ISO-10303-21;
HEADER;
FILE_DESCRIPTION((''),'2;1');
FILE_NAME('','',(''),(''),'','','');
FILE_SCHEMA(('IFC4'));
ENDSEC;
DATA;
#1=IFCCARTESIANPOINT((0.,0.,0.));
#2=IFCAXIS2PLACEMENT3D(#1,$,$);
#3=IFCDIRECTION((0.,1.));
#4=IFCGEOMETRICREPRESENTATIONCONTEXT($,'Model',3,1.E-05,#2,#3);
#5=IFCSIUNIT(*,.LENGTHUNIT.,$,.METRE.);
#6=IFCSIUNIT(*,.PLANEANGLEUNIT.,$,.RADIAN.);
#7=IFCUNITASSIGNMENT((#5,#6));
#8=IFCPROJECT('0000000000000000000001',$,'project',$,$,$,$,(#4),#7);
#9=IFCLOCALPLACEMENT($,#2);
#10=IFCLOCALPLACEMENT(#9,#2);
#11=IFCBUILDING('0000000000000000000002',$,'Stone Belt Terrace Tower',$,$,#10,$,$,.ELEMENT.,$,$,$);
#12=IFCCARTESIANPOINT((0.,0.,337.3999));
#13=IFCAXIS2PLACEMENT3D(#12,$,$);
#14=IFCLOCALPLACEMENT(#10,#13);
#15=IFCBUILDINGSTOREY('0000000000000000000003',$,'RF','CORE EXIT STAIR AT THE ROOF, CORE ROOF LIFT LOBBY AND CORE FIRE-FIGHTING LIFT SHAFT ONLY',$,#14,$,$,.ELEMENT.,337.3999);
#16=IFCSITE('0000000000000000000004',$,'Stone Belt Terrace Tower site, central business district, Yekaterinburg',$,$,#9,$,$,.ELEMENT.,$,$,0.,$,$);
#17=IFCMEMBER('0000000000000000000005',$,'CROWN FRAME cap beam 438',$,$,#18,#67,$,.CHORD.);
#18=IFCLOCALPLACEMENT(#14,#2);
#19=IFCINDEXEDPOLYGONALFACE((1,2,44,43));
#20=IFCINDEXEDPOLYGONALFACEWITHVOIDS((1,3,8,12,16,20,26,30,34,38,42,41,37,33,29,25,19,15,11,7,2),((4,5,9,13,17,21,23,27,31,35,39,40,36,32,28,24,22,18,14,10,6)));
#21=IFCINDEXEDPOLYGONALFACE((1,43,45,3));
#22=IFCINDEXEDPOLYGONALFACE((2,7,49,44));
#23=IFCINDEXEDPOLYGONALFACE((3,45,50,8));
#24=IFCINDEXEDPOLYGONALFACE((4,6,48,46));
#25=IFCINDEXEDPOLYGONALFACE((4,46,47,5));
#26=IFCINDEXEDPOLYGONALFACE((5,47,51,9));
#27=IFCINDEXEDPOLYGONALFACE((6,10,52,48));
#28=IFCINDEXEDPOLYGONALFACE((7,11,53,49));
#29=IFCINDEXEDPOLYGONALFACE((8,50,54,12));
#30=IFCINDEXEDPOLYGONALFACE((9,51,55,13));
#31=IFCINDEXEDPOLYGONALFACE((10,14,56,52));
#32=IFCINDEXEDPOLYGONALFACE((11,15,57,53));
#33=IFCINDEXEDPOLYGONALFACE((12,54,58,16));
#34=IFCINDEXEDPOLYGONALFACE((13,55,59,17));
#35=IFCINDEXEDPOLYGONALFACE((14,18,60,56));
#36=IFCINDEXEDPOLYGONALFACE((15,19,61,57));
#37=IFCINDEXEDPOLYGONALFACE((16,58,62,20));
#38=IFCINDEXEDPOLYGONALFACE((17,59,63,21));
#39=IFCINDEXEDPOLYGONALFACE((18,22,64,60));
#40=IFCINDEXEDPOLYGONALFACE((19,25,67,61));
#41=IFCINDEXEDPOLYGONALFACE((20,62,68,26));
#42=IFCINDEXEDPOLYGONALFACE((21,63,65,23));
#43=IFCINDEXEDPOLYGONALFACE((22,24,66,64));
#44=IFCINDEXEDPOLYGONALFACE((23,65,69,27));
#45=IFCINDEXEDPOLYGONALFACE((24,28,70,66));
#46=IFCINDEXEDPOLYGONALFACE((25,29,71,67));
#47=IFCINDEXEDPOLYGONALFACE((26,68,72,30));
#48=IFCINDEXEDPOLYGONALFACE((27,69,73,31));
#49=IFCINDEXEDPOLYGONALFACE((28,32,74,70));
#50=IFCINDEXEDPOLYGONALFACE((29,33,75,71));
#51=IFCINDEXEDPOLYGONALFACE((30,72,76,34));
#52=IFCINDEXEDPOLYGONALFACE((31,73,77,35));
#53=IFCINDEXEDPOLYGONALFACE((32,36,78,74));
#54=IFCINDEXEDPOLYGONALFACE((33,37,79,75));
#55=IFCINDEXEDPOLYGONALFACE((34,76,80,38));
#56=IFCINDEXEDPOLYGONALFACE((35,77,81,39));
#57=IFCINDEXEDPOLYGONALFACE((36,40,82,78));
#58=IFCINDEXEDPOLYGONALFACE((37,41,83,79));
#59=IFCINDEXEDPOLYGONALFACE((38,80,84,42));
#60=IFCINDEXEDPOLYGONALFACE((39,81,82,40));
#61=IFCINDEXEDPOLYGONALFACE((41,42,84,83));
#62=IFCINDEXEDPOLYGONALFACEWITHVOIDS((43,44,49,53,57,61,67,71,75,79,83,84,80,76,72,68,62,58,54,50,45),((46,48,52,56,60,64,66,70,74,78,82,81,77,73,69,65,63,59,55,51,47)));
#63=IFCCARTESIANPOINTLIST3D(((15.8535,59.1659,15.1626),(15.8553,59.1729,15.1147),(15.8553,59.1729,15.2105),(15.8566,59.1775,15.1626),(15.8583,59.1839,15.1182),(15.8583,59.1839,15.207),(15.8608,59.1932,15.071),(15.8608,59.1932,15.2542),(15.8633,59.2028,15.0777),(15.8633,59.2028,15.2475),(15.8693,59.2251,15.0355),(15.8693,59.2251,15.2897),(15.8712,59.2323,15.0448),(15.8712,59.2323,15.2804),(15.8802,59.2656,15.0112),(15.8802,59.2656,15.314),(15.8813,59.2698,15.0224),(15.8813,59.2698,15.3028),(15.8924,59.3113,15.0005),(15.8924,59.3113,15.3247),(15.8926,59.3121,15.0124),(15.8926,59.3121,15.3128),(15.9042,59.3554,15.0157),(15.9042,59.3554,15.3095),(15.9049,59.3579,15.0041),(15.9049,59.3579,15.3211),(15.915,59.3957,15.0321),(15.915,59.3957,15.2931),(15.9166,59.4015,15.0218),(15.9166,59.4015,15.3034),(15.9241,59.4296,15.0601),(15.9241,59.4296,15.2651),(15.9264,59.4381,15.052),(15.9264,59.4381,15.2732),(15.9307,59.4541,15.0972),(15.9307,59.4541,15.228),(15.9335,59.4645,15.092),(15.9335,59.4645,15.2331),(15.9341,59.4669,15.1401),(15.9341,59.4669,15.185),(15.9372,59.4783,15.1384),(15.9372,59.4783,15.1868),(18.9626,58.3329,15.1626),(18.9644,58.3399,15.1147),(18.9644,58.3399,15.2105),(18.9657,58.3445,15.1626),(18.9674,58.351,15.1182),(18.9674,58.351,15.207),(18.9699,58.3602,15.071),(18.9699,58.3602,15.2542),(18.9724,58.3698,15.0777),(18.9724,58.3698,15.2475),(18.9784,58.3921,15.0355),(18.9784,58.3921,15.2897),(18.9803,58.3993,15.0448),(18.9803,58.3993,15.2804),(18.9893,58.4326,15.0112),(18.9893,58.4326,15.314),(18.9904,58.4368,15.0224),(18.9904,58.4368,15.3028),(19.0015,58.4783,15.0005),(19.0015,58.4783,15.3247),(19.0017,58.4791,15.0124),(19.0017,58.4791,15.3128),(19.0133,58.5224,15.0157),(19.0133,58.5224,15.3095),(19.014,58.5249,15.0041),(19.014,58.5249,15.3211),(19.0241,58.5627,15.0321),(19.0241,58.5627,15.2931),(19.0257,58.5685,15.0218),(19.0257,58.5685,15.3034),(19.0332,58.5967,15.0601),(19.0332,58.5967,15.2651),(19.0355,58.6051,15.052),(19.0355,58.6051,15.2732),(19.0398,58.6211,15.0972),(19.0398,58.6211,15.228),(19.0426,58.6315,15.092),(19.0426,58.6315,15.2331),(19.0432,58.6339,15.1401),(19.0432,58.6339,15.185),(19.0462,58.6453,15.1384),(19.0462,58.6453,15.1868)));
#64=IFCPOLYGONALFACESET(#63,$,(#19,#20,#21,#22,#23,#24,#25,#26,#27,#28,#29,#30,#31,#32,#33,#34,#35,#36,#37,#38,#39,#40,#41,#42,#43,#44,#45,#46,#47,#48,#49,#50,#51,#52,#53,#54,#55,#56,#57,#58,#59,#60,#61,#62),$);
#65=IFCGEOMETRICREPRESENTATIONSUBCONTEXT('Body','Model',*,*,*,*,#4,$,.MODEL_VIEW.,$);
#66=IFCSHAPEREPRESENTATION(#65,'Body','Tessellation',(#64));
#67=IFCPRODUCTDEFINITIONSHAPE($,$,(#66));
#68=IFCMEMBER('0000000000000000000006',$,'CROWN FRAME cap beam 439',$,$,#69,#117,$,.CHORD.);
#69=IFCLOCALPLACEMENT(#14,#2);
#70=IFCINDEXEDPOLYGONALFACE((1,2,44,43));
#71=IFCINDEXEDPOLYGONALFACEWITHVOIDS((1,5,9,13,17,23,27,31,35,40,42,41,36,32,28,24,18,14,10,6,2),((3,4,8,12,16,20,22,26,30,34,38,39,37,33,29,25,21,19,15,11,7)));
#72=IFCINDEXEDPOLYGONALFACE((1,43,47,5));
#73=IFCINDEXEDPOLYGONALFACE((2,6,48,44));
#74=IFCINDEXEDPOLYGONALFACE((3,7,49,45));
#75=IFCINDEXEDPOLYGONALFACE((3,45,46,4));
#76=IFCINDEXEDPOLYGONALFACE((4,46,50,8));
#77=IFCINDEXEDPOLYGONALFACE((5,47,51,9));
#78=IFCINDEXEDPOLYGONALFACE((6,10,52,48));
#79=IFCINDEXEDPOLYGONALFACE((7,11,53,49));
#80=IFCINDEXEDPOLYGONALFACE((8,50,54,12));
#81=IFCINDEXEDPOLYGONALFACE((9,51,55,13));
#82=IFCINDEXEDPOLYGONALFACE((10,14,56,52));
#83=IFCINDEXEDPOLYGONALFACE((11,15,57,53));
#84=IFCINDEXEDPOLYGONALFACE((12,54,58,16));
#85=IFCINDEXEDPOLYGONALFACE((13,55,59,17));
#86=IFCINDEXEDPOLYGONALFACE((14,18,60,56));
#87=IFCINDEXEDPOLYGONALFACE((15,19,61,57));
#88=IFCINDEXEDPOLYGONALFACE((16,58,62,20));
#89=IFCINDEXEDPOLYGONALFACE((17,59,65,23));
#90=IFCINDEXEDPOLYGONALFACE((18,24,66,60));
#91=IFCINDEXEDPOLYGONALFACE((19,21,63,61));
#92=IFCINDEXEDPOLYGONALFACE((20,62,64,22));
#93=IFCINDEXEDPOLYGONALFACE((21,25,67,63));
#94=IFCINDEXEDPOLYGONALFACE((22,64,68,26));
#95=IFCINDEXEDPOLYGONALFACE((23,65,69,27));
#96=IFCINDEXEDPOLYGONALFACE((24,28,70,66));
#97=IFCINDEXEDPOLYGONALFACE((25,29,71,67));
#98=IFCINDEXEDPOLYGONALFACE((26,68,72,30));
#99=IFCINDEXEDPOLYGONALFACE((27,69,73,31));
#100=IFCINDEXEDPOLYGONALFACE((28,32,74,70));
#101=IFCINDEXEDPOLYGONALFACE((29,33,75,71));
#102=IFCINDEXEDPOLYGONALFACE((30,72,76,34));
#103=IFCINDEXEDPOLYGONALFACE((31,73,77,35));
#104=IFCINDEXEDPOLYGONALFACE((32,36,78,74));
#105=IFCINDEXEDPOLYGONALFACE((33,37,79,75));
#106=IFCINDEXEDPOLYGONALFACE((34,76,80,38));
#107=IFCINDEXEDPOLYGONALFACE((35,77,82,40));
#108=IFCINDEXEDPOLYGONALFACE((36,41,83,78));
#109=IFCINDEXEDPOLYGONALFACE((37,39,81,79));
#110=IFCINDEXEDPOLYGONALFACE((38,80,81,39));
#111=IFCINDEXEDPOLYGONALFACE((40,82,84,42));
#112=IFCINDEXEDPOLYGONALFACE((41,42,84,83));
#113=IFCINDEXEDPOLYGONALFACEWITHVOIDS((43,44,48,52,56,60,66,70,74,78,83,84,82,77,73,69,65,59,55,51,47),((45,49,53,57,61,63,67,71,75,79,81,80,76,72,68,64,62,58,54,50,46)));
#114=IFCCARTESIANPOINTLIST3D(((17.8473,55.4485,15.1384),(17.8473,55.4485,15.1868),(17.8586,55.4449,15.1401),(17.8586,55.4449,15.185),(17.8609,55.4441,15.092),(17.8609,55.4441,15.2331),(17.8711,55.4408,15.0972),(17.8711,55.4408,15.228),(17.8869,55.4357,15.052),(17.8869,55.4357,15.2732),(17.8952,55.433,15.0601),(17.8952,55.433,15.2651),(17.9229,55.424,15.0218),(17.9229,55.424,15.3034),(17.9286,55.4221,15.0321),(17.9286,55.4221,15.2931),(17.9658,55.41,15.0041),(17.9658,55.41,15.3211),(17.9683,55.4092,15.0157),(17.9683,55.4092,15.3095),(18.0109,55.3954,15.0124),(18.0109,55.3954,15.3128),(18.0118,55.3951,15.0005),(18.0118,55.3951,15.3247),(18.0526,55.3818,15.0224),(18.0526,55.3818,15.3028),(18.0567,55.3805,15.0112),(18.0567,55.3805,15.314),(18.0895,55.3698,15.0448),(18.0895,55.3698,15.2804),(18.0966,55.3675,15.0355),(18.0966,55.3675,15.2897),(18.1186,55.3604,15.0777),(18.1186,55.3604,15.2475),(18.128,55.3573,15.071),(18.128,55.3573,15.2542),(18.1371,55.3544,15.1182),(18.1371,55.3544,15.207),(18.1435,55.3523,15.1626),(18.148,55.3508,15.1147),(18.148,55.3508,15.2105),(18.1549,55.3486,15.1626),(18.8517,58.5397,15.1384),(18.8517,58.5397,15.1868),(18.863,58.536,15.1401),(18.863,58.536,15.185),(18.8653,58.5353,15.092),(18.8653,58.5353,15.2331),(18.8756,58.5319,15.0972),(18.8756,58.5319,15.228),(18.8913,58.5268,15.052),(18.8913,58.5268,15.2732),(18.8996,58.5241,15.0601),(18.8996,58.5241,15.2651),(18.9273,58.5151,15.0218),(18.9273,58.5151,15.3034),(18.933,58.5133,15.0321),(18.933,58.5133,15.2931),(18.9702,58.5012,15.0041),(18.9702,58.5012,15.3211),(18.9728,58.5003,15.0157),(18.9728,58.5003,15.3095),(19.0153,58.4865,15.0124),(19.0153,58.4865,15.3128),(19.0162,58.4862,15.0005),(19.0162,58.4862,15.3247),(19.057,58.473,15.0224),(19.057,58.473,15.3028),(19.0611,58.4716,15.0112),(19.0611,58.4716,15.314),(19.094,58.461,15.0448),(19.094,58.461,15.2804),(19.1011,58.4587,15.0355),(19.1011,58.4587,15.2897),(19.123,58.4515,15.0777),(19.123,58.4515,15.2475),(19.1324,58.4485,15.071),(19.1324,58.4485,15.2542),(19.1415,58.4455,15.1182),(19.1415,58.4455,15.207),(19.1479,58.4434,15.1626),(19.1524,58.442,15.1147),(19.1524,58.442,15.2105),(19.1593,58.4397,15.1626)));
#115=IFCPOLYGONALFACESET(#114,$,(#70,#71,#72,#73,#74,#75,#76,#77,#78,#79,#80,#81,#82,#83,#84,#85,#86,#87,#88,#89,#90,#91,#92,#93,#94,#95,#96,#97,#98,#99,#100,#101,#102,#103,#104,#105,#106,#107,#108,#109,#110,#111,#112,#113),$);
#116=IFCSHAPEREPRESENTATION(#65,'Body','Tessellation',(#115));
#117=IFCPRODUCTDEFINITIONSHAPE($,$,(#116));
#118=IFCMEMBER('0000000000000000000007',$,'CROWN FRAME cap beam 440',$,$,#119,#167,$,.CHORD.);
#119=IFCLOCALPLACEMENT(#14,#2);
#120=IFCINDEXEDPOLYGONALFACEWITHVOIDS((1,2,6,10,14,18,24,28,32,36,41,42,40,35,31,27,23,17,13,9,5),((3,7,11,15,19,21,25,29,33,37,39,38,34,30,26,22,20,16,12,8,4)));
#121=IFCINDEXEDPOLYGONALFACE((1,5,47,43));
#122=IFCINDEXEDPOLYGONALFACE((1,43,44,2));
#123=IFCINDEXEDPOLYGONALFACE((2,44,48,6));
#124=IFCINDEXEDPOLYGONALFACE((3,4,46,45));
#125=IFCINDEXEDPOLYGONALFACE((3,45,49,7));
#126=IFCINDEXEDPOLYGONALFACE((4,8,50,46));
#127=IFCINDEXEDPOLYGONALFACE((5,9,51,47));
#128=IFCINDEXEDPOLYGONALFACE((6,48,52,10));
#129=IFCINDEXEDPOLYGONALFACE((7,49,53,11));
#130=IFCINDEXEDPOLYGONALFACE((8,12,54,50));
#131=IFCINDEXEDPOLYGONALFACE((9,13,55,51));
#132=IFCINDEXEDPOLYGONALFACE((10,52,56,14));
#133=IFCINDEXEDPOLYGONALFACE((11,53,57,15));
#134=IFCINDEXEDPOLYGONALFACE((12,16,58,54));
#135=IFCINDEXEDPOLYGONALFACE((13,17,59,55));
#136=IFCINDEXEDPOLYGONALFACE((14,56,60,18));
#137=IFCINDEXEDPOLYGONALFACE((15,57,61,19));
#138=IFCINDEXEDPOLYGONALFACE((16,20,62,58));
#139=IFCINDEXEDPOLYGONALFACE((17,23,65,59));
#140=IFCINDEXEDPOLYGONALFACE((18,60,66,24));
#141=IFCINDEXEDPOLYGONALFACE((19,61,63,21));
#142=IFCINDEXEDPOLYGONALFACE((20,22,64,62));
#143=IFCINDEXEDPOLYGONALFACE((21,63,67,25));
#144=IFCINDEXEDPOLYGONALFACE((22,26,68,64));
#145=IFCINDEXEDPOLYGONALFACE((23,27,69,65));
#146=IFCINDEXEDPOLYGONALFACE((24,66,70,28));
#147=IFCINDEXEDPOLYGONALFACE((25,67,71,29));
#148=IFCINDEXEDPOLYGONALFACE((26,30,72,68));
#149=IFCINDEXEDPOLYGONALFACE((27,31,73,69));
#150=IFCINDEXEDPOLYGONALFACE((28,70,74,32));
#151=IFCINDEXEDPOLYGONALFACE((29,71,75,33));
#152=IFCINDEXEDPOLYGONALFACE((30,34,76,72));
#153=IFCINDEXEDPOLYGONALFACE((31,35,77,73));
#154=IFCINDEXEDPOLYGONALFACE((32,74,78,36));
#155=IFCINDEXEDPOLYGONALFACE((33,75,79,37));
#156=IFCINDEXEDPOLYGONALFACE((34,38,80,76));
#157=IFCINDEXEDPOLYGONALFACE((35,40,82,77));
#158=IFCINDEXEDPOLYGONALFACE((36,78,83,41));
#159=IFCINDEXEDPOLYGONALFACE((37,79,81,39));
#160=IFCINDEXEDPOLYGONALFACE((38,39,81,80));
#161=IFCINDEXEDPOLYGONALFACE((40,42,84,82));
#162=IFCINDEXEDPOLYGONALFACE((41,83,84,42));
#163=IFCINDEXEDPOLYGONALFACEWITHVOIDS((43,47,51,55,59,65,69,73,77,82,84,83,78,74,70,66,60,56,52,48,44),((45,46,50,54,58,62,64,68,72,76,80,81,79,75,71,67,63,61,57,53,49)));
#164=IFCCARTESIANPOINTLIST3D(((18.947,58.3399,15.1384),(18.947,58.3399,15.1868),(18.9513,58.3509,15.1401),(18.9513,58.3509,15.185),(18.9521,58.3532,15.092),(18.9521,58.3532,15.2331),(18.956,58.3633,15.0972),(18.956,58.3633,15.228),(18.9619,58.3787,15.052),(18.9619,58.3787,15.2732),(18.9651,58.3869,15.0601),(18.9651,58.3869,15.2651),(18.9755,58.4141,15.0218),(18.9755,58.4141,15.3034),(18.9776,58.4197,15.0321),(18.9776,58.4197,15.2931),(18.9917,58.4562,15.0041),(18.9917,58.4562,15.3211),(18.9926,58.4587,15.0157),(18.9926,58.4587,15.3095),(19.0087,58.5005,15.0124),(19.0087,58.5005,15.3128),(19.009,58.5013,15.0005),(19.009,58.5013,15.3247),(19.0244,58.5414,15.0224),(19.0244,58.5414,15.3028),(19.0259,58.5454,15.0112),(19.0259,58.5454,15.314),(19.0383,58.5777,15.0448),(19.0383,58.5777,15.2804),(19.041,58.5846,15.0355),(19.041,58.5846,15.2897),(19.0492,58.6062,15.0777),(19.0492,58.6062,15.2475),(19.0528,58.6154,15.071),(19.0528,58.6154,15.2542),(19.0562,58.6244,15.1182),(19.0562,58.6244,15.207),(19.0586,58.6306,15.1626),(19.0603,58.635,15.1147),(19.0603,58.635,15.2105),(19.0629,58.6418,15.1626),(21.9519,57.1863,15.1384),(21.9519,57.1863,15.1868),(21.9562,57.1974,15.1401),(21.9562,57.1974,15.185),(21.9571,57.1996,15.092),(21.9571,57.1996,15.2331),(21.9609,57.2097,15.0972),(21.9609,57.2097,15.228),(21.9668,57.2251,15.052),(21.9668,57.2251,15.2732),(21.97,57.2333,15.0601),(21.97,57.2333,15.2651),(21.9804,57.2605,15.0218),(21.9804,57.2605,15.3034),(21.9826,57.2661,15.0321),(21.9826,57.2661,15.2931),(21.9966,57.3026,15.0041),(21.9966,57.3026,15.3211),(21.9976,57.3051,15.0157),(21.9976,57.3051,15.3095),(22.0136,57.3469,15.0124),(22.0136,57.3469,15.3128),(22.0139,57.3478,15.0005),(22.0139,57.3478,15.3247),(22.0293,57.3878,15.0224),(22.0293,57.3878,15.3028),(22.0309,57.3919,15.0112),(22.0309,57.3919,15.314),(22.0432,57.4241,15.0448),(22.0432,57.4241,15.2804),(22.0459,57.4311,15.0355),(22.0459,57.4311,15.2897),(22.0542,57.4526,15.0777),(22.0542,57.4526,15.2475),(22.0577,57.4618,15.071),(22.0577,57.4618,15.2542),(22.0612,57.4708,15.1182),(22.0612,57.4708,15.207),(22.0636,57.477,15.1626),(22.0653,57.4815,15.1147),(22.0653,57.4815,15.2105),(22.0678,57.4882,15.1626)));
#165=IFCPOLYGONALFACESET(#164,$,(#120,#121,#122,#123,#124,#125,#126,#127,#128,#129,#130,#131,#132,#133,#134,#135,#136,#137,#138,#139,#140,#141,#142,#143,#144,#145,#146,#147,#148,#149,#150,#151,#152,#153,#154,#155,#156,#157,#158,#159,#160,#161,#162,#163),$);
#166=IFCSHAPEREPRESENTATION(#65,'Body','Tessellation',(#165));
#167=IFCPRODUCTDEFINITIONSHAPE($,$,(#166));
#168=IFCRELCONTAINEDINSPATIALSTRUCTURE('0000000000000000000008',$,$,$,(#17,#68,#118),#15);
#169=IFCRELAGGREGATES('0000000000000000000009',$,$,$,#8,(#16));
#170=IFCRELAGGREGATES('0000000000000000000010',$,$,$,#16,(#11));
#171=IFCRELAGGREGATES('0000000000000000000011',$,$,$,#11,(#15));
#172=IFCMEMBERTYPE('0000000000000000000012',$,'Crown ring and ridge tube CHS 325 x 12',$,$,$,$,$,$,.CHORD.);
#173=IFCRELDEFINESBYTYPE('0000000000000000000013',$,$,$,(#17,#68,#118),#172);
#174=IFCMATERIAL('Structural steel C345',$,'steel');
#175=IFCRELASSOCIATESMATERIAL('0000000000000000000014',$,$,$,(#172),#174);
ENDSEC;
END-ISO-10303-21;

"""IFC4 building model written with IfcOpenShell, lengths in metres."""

from ifc_helpers import new_model, si_unit, direction, frame, origin, origin_2d, place, context, subcontext, project, spatial, hollow_circle, extrude, material, material_profile, profile_set, type_object, element, save


model = new_model("IFC4")

# Units and contexts
model_context = context("Model", 3, precision=1e-05, world=origin(), true_north=direction((0.0, 1.0)))
body_context = subcontext(model_context, "Body", "Model", "MODEL_VIEW")
ifc_project = project(units=[si_unit("LENGTHUNIT", "METRE"), si_unit("PLANEANGLEUNIT", "RADIAN")], contexts=[model_context])

# Site, building, storey
site_placement = place(None, origin())
site = spatial("IfcSite", under=ifc_project, at=site_placement, Name="Stone Belt Terrace Tower site, central business district, Yekaterinburg", CompositionType="ELEMENT", RefElevation=0.0)
building_placement = place(site_placement, origin())
building = spatial("IfcBuilding", under=site, at=building_placement, Name="Stone Belt Terrace Tower", CompositionType="ELEMENT")
storey_placement = place(building_placement, frame((0.0, 0.0, 337.3999)))
storey = spatial("IfcBuildingStorey", under=building, at=storey_placement, Name="RF", Description="CORE EXIT STAIR AT THE ROOF, CORE ROOF LIFT LOBBY AND CORE FIRE-FIGHTING LIFT SHAFT ONLY", CompositionType="ELEMENT", Elevation=337.3999)

# Members
ifc_material_1 = material(Name="Structural steel C345", Category="steel")
ifc_material_profile_1 = material_profile(ifc_material_1, hollow_circle(Radius=0.1626, WallThickness=0.012, at=origin_2d()), Name="Structural steel C345 CHS 325x12")
ifc_profile_set_1 = profile_set([ifc_material_profile_1], Name="Structural steel C345")
member_type_1 = type_object("IfcMemberType", Name="Crown ring and ridge tube CHS 325 x 12", PredefinedType="CHORD", material=ifc_profile_set_1)
member_1_placement = place(storey_placement, frame((19.0046, 58.49, 15.1626), z_axis=(-0.965932, 0.258795, 0.0), x_axis=(-0.258795, -0.965932, 0.0)))
element("IfcMember", 1, at=member_1_placement, inside=storey, type_object=member_type_1, Name="CROWN FRAME cap beam 438", PredefinedType="CHORD", context=body_context, shape_type="SweptSolid", body=[
    extrude(hollow_circle(Radius=0.1626, WallThickness=0.012, at=origin_2d()), origin(), (0.0, 0.0, 1.0), 3.2188),
])
member_2_placement = place(storey_placement, frame((19.0046, 58.49, 15.1626), z_axis=(-0.30903, -0.951052, 0.0), x_axis=(0.951052, -0.30903, 0.0)))
element("IfcMember", 2, at=member_2_placement, inside=storey, type_object=member_type_1, Name="CROWN FRAME cap beam 439", PredefinedType="CHORD", context=body_context, shape_type="SweptSolid", body=[
    extrude(hollow_circle(Radius=0.1626, WallThickness=0.012, at=origin_2d()), origin(), (0.0, 0.0, 1.0), 3.2502),
])
member_3_placement = place(storey_placement, frame((19.0046, 58.49, 15.1626), z_axis=(0.93357, -0.358394, 0.0), x_axis=(0.358394, 0.93357, 0.0)))
element("IfcMember", 3, at=member_3_placement, inside=storey, type_object=member_type_1, Name="CROWN FRAME cap beam 440", PredefinedType="CHORD", context=body_context, shape_type="SweptSolid", body=[
    extrude(hollow_circle(Radius=0.1626, WallThickness=0.012, at=origin_2d()), origin(), (0.0, 0.0, 1.0), 3.2188),
])

save(model, "model.ifc")
